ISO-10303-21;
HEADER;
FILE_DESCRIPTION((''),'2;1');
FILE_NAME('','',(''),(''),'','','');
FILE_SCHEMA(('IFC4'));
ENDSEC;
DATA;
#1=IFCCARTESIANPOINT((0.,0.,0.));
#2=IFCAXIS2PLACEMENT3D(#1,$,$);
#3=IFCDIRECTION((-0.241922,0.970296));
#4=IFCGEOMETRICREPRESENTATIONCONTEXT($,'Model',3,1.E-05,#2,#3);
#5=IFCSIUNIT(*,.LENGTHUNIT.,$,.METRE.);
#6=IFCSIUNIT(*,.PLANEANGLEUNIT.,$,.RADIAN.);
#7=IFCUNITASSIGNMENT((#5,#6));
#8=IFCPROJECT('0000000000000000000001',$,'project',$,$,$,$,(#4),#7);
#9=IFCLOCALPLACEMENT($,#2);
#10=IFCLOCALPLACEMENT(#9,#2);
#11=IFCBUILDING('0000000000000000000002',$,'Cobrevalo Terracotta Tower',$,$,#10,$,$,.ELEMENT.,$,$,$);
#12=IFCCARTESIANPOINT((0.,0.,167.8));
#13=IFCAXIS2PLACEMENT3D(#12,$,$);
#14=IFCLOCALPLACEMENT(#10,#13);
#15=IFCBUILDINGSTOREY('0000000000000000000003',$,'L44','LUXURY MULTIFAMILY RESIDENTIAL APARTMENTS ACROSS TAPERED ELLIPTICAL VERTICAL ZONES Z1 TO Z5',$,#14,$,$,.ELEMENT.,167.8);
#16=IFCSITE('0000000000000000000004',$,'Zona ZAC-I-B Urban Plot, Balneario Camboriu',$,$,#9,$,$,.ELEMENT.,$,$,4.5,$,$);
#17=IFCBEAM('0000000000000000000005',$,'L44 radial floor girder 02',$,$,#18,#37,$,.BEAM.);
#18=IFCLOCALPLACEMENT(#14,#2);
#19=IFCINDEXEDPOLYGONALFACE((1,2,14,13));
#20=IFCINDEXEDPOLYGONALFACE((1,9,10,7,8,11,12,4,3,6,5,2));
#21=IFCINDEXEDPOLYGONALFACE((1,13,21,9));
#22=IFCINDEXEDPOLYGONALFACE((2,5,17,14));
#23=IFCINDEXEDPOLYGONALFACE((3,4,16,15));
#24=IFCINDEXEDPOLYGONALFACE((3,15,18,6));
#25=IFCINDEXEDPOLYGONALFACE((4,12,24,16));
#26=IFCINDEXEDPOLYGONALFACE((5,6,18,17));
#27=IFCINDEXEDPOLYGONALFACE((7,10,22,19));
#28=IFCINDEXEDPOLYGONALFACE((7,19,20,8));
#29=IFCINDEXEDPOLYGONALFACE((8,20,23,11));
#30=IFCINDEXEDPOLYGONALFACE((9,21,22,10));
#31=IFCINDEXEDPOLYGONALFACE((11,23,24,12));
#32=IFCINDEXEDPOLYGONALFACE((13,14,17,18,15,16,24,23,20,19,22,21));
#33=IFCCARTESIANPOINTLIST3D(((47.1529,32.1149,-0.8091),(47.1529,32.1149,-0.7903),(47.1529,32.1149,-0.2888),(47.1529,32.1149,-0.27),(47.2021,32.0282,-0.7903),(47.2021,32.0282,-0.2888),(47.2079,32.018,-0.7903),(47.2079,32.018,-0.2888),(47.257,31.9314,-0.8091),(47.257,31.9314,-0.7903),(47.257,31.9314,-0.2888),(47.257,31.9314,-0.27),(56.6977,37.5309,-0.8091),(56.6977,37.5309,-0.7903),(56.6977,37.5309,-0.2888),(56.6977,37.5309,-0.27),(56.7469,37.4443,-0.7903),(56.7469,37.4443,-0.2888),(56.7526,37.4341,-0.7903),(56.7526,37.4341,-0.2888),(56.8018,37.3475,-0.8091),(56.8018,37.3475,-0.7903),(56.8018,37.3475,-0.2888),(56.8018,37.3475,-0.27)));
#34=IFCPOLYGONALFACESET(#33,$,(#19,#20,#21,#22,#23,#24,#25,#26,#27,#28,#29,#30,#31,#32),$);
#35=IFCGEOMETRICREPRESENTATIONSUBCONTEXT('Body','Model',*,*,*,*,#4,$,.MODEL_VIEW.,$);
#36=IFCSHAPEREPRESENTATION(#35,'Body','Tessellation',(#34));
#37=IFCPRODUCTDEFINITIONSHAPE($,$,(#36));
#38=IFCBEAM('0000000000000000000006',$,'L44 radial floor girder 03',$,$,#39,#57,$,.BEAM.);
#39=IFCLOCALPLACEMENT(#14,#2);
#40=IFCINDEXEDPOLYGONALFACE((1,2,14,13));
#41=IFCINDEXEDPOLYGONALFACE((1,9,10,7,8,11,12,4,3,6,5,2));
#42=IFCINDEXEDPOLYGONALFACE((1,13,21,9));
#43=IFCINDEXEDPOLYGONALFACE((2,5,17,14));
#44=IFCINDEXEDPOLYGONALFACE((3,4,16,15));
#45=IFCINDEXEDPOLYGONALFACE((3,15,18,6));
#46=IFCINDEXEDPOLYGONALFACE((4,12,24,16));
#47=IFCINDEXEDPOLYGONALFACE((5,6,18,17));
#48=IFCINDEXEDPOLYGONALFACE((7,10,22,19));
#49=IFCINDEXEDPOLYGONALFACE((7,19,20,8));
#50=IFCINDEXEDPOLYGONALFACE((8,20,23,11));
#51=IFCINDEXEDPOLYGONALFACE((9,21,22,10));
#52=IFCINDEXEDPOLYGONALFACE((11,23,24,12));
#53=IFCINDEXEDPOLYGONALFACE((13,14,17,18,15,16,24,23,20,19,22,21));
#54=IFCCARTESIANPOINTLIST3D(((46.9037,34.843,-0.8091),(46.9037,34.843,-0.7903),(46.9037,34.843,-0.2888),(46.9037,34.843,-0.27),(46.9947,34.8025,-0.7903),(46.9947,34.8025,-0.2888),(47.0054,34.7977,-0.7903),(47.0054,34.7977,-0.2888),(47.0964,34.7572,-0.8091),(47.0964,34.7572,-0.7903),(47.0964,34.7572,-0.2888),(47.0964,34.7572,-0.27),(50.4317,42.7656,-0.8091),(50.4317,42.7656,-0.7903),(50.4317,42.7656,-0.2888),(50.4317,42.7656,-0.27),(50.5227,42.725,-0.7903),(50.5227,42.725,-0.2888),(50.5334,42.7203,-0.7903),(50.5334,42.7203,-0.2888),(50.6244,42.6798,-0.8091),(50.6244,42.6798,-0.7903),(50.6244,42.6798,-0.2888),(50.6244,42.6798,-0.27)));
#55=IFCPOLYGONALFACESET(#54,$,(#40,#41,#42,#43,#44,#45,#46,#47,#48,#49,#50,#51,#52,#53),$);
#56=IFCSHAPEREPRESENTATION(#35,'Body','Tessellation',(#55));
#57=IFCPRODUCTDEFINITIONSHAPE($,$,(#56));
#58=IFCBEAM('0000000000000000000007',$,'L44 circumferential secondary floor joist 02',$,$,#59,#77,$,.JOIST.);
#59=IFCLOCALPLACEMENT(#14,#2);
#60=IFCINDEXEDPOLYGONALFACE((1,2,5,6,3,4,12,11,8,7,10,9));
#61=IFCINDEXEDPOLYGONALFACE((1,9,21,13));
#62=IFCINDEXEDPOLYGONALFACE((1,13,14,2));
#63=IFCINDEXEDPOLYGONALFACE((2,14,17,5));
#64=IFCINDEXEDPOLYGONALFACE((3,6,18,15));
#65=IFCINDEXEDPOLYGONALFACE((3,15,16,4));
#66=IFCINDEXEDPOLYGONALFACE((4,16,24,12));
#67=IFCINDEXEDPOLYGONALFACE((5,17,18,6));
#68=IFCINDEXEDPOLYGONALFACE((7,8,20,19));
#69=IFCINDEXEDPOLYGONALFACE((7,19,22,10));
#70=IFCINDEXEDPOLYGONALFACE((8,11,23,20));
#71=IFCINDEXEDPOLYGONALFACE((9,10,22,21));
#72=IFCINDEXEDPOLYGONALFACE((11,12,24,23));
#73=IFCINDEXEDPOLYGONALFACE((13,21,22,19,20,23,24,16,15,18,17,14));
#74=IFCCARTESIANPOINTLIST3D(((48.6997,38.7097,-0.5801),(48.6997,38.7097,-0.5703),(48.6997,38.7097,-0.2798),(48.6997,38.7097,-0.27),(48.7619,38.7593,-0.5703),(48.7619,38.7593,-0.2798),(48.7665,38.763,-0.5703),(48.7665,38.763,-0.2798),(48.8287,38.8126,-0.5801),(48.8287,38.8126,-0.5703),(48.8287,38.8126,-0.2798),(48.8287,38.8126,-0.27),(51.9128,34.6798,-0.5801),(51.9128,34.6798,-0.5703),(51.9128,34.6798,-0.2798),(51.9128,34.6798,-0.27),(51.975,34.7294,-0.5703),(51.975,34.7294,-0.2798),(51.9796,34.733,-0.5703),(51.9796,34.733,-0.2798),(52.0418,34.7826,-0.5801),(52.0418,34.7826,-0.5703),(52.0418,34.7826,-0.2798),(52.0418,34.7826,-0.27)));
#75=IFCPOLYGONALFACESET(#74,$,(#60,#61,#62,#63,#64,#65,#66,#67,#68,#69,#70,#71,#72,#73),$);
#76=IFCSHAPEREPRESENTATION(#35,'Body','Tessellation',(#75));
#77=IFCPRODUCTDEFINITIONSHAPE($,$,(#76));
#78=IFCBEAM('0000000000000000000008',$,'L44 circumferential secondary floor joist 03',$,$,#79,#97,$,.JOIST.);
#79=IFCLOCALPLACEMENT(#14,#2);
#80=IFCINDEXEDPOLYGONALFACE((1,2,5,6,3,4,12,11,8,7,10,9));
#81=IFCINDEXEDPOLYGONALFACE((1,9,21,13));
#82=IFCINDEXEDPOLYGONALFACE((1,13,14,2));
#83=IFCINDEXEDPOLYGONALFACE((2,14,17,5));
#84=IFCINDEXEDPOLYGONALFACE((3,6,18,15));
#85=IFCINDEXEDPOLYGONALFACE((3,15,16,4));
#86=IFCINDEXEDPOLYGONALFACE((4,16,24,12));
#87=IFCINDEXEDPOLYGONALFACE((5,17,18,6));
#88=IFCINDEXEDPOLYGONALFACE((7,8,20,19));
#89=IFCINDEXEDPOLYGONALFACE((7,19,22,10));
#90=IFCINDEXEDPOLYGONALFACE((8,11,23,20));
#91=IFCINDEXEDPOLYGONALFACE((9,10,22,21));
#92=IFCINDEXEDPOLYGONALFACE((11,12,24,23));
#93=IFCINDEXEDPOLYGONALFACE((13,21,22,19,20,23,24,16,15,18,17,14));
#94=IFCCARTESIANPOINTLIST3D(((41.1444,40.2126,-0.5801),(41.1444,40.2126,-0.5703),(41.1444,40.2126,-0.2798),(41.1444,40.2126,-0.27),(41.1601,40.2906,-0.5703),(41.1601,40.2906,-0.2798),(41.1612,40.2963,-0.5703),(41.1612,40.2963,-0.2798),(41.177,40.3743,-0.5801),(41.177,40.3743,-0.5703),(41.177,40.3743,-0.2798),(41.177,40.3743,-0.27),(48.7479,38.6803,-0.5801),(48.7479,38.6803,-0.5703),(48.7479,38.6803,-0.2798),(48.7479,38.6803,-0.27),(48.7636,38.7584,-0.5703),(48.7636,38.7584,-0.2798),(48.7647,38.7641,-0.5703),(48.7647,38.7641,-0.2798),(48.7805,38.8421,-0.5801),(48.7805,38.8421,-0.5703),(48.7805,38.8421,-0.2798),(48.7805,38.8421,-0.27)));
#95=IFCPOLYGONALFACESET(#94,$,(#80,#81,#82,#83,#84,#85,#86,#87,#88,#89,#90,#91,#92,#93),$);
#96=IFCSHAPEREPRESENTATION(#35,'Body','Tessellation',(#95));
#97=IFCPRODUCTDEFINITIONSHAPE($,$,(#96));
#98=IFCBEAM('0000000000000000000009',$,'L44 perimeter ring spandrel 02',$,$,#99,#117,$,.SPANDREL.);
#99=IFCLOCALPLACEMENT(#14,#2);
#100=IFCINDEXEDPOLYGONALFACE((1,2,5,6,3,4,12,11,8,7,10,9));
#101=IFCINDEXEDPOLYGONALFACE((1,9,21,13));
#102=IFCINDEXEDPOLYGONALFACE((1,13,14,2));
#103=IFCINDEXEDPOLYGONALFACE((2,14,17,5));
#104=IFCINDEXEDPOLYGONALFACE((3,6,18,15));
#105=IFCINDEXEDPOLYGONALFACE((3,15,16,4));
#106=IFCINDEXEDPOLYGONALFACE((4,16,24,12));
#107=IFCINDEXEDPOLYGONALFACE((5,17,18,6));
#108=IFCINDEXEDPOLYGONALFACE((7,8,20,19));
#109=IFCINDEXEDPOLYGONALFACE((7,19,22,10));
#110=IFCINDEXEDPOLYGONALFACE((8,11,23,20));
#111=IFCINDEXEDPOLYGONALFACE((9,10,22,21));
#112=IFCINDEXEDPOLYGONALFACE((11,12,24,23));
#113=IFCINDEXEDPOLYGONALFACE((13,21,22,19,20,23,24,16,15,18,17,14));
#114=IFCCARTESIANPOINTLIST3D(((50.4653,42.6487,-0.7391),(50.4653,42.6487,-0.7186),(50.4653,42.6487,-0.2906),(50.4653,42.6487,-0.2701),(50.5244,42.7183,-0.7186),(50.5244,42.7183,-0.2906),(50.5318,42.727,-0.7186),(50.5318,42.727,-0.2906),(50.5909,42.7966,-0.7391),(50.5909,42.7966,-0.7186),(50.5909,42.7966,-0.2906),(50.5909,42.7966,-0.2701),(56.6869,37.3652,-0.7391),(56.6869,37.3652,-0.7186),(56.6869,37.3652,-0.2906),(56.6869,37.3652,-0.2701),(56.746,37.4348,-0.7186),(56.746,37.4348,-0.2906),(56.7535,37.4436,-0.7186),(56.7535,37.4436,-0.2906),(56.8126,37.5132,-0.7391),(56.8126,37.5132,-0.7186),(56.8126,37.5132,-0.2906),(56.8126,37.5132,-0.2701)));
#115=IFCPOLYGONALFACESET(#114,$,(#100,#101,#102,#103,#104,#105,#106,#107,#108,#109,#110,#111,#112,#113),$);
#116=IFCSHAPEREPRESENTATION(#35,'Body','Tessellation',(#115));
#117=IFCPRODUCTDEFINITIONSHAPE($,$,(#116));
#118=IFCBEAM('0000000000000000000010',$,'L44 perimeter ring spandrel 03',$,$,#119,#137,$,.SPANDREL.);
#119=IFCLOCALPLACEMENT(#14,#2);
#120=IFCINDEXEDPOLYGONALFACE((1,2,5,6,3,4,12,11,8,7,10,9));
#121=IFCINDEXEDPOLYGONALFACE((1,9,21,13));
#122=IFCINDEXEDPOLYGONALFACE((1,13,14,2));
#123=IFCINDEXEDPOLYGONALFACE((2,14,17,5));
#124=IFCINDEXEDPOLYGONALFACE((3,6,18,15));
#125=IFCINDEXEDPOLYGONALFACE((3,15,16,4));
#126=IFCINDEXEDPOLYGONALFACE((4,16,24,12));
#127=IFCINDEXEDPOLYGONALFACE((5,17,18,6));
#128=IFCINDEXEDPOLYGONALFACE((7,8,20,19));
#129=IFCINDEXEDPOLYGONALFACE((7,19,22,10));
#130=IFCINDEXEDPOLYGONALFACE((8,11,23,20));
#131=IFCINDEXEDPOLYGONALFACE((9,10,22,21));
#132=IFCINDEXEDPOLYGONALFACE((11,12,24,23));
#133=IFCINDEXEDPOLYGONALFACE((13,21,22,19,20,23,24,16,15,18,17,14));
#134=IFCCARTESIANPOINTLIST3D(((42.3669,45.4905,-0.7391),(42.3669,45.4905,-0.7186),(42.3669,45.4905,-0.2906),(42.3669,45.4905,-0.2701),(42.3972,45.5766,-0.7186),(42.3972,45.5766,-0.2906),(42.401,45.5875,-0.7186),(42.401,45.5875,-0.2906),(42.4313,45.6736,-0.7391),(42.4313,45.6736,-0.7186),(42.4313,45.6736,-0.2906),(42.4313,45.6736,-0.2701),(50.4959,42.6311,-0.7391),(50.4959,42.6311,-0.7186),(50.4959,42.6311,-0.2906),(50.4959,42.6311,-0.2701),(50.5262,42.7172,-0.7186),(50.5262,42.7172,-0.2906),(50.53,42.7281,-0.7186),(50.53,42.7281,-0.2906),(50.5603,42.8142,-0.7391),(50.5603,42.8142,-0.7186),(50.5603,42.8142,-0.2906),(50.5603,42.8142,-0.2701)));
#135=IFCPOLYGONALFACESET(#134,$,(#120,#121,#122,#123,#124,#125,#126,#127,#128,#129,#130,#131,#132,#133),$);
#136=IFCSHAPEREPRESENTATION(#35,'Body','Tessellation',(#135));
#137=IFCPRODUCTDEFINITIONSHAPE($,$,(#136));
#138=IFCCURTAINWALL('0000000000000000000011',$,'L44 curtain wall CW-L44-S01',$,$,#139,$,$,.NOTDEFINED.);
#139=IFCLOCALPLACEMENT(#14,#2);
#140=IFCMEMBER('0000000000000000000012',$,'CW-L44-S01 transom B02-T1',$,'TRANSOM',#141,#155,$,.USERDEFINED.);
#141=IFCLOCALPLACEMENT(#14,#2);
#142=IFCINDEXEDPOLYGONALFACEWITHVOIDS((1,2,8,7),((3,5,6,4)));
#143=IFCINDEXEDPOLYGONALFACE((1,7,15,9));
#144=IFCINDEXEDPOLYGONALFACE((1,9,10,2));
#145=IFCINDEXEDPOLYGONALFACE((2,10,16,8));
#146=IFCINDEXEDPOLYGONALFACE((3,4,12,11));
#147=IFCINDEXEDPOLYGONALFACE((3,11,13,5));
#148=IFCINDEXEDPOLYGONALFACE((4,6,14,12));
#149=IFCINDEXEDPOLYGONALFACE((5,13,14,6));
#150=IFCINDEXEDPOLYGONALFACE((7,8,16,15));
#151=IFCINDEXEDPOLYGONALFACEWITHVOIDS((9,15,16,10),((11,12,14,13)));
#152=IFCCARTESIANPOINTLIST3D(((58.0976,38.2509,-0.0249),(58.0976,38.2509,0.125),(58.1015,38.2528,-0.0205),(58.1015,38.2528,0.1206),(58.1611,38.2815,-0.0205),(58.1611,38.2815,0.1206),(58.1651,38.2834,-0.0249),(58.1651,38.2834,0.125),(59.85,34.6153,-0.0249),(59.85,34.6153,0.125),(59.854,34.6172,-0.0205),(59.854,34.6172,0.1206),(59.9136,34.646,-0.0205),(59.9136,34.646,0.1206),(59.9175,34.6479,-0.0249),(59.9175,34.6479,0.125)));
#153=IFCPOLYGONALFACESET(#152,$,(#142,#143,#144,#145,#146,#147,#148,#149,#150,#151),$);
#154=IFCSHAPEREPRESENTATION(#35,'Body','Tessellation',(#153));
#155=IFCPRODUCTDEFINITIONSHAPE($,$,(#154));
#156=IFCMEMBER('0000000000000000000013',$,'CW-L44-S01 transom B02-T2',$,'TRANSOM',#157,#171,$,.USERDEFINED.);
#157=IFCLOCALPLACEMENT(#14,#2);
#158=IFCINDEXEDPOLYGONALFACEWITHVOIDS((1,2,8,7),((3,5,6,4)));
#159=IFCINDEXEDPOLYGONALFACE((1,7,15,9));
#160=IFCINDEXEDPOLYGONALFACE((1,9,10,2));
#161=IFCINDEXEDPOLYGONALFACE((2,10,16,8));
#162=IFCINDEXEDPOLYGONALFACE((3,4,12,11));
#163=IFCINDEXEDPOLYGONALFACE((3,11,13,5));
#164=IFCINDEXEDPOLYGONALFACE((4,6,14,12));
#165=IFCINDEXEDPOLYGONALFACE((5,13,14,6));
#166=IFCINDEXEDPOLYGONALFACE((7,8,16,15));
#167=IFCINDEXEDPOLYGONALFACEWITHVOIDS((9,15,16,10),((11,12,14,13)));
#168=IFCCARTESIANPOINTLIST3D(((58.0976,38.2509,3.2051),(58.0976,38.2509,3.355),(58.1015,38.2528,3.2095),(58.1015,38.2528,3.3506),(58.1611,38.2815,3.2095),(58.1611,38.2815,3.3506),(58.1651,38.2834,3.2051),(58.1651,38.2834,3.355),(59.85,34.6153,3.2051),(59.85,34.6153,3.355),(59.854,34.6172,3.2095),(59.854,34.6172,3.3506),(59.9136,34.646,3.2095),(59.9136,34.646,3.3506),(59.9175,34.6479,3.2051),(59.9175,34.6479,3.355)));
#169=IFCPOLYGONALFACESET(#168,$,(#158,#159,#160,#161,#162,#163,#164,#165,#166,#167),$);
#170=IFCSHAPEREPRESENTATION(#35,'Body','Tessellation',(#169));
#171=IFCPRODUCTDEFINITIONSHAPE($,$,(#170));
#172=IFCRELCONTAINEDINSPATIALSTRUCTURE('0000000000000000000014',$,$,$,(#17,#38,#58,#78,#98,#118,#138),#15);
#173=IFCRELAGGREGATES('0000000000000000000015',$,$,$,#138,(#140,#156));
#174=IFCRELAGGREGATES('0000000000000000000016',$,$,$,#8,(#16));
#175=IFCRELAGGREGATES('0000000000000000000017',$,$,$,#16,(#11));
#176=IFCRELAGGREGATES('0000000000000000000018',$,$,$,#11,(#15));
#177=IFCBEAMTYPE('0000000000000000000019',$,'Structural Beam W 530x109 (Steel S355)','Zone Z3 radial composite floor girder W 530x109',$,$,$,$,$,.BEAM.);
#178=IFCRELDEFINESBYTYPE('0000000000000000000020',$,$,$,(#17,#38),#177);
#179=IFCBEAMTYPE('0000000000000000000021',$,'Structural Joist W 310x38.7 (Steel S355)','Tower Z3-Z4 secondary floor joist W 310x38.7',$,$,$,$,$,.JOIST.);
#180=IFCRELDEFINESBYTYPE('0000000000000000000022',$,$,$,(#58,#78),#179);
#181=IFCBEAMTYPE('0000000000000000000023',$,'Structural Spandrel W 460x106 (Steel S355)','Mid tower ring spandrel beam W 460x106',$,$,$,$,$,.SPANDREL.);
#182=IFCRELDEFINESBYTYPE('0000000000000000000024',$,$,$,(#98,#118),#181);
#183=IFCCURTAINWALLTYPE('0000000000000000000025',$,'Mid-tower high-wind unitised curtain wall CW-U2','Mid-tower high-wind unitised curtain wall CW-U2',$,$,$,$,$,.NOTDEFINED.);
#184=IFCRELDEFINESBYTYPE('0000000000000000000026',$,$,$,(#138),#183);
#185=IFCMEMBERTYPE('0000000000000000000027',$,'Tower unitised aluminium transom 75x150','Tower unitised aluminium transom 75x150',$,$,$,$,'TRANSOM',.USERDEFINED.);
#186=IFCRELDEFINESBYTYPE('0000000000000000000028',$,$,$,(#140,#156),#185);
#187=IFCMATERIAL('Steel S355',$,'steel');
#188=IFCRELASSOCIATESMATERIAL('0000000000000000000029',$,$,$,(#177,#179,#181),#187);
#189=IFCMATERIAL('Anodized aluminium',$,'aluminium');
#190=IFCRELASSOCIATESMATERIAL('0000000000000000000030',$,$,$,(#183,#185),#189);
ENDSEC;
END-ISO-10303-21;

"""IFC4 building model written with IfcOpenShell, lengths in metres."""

from ifc_helpers import new_model, si_unit, direction, frame, origin, origin_2d, place, context, subcontext, project, spatial, hollow_rectangle, i_section, extrude, source, transform, mapped, material, material_profile, profile_set, type_object, element, aggregate, save


model = new_model("IFC4")

# Units and contexts
model_context = context("Model", 3, precision=1e-05, world=origin(), true_north=direction((-0.241922, 0.970296)))
body_context = subcontext(model_context, "Body", "Model", "MODEL_VIEW")
ifc_project = project(units=[si_unit("LENGTHUNIT", "METRE"), si_unit("PLANEANGLEUNIT", "RADIAN")], contexts=[model_context])

# Site, building, storey
site_placement = place(None, origin())
site = spatial("IfcSite", under=ifc_project, at=site_placement, Name="Zona ZAC-I-B Urban Plot, Balneario Camboriu", CompositionType="ELEMENT", RefElevation=4.5)
building_placement = place(site_placement, origin())
building = spatial("IfcBuilding", under=site, at=building_placement, Name="Cobrevalo Terracotta Tower", CompositionType="ELEMENT")
storey_placement = place(building_placement, frame((0.0, 0.0, 167.8)))
storey = spatial("IfcBuildingStorey", under=building, at=storey_placement, Name="L44", Description="LUXURY MULTIFAMILY RESIDENTIAL APARTMENTS ACROSS TAPERED ELLIPTICAL VERTICAL ZONES Z1 TO Z5", CompositionType="ELEMENT", Elevation=167.8)

# Shared definitions
ifc_material_1 = material(Name="Steel S355", Category="steel")

# Beams
ifc_material_profile_1 = material_profile(ifc_material_1, i_section(OverallWidth=0.2109, OverallDepth=0.5391, WebThickness=0.0117, FlangeThickness=0.0188, at=origin_2d()), Name="W 530x109")
ifc_profile_set_1 = profile_set([ifc_material_profile_1], Name="Steel S355")
beam_type_1 = type_object("IfcBeamType", Name="Structural Beam W 530x109 (Steel S355)", Description="Zone Z3 radial composite floor girder W 530x109", PredefinedType="BEAM", material=ifc_profile_set_1)
beam_1_placement = place(storey_placement, frame((56.7498, 37.4392, -0.5396), z_axis=(-0.869734, -0.49352, 0.0), x_axis=(0.49352, -0.869734, 0.0)))
element("IfcBeam", 1, at=beam_1_placement, inside=storey, type_object=beam_type_1, Name="L44 radial floor girder 02", PredefinedType="BEAM", context=body_context, shape_type="SweptSolid", body=[
    extrude(i_section(OverallWidth=0.2109, OverallDepth=0.5391, WebThickness=0.0117, FlangeThickness=0.0188, at=origin_2d()), origin(), (0.0, 0.0, 1.0), 10.9744),
])
beam_2_placement = place(storey_placement, frame((50.5281, 42.7227, -0.5396), z_axis=(-0.406804, -0.913515, 0.0), x_axis=(0.913515, -0.406804, 0.0)))
element("IfcBeam", 2, at=beam_2_placement, inside=storey, type_object=beam_type_1, Name="L44 radial floor girder 03", PredefinedType="BEAM", context=body_context, shape_type="SweptSolid", body=[
    extrude(i_section(OverallWidth=0.2109, OverallDepth=0.5391, WebThickness=0.0117, FlangeThickness=0.0188, at=origin_2d()), origin(), (0.0, 0.0, 1.0), 8.6726),
])
ifc_material_profile_2 = material_profile(ifc_material_1, i_section(OverallWidth=0.165, OverallDepth=0.3101, WebThickness=0.0059, FlangeThickness=0.0098, at=origin_2d()), Name="W 310x38.7")
ifc_profile_set_2 = profile_set([ifc_material_profile_2], Name="Steel S355")
beam_type_2 = type_object("IfcBeamType", Name="Structural Joist W 310x38.7 (Steel S355)", Description="Tower Z3-Z4 secondary floor joist W 310x38.7", PredefinedType="JOIST", material=ifc_profile_set_2)
beam_3_placement = place(storey_placement, frame((51.9773, 34.7312, -0.425), z_axis=(-0.623406, 0.781898, 0.0), x_axis=(-0.781898, -0.623406, 0.0)))
element("IfcBeam", 3, at=beam_3_placement, inside=storey, type_object=beam_type_2, Name="L44 circumferential secondary floor joist 02", PredefinedType="JOIST", context=body_context, shape_type="SweptSolid", body=[
    extrude(i_section(OverallWidth=0.165, OverallDepth=0.3101, WebThickness=0.0059, FlangeThickness=0.0098, at=origin_2d()), origin(), (0.0, 0.0, 1.0), 5.1541),
])
beam_4_placement = place(storey_placement, frame((48.7642, 38.7612, -0.425), z_axis=(-0.980294, 0.197544, 0.0), x_axis=(-0.197544, -0.980294, 0.0)))
element("IfcBeam", 4, at=beam_4_placement, inside=storey, type_object=beam_type_2, Name="L44 circumferential secondary floor joist 03", PredefinedType="JOIST", context=body_context, shape_type="SweptSolid", body=[
    extrude(i_section(OverallWidth=0.165, OverallDepth=0.3101, WebThickness=0.0059, FlangeThickness=0.0098, at=origin_2d()), origin(), (0.0, 0.0, 1.0), 7.7563),
])
ifc_material_profile_3 = material_profile(ifc_material_1, i_section(OverallWidth=0.1941, OverallDepth=0.469, WebThickness=0.0115, FlangeThickness=0.0205, at=origin_2d()), Name="W 460x106")
ifc_profile_set_3 = profile_set([ifc_material_profile_3], Name="Steel S355")
beam_type_3 = type_object("IfcBeamType", Name="Structural Spandrel W 460x106 (Steel S355)", Description="Mid tower ring spandrel beam W 460x106", PredefinedType="SPANDREL", material=ifc_profile_set_3)
beam_5_placement = place(storey_placement, frame((56.7498, 37.4392, -0.5046), z_axis=(-0.76224, 0.647294, 0.0), x_axis=(-0.647294, -0.76224, 0.0)))
element("IfcBeam", 5, at=beam_5_placement, inside=storey, type_object=beam_type_3, Name="L44 perimeter ring spandrel 02", PredefinedType="SPANDREL", context=body_context, shape_type="SweptSolid", body=[
    extrude(i_section(OverallWidth=0.1941, OverallDepth=0.469, WebThickness=0.0115, FlangeThickness=0.0205, at=origin_2d()), origin(), (0.0, 0.0, 1.0), 8.1624),
])
beam_6_placement = place(storey_placement, frame((50.5281, 42.7227, -0.5046), z_axis=(-0.943341, 0.331824, 0.0), x_axis=(-0.331824, -0.943341, 0.0)))
element("IfcBeam", 6, at=beam_6_placement, inside=storey, type_object=beam_type_3, Name="L44 perimeter ring spandrel 03", PredefinedType="SPANDREL", context=body_context, shape_type="SweptSolid", body=[
    extrude(i_section(OverallWidth=0.1941, OverallDepth=0.469, WebThickness=0.0115, FlangeThickness=0.0205, at=origin_2d()), origin(), (0.0, 0.0, 1.0), 8.6172),
])

# Curtain wall, members
ifc_material_2 = material(Name="Anodized aluminium", Category="aluminium")
curtain_wall_type = type_object("IfcCurtainWallType", Name="Mid-tower high-wind unitised curtain wall CW-U2", Description="Mid-tower high-wind unitised curtain wall CW-U2", PredefinedType="NOTDEFINED", material=ifc_material_2)
curtain_wall_placement = place(storey_placement, origin())
curtain_wall = element("IfcCurtainWall", 7, at=curtain_wall_placement, inside=storey, type_object=curtain_wall_type, Name="L44 curtain wall CW-L44-S01", PredefinedType="NOTDEFINED")
ifc_material_profile_4 = material_profile(ifc_material_2, hollow_rectangle(XDim=0.075, YDim=0.1499, WallThickness=0.0044, at=origin_2d()), Name="CWT 75x150")
ifc_profile_set_4 = profile_set([ifc_material_profile_4], Name="Anodized aluminium")
member_type_1 = type_object("IfcMemberType", Name="Tower unitised aluminium transom 75x150", Description="Tower unitised aluminium transom 75x150", ElementType="TRANSOM", PredefinedType="USERDEFINED", material=ifc_profile_set_4)
shared_shape_1 = source(origin(), body_context, "Body", "SweptSolid", [
    extrude(hollow_rectangle(XDim=0.075, YDim=0.1499, WallThickness=0.0044, at=origin_2d()), origin(), (0.0, 0.0, 1.0), 4.0359),
])
member_1_placement = place(storey_placement, frame((59.8838, 34.6316, 0.05), z_axis=(-0.434221, 0.900806, 0.0), x_axis=(-0.900806, -0.434221, 0.0)))
member_1 = element("IfcMember", 8, at=member_1_placement, type_object=member_type_1, Name="CW-L44-S01 transom B02-T1", ObjectType="TRANSOM", PredefinedType="USERDEFINED", context=body_context, shape_type="MappedRepresentation", body=[
    mapped(shared_shape_1, transform((0.0, 0.0, 0.0), scale=1.0)),
])
member_2_placement = place(storey_placement, frame((59.8838, 34.6316, 3.28), z_axis=(-0.434221, 0.900806, 0.0), x_axis=(-0.900806, -0.434221, 0.0)))
member_2 = element("IfcMember", 9, at=member_2_placement, type_object=member_type_1, Name="CW-L44-S01 transom B02-T2", ObjectType="TRANSOM", PredefinedType="USERDEFINED", context=body_context, shape_type="MappedRepresentation", body=[
    mapped(shared_shape_1, transform((0.0, 0.0, 0.0), scale=1.0)),
])
aggregate(curtain_wall, [member_1, member_2])

save(model, "model.ifc")
